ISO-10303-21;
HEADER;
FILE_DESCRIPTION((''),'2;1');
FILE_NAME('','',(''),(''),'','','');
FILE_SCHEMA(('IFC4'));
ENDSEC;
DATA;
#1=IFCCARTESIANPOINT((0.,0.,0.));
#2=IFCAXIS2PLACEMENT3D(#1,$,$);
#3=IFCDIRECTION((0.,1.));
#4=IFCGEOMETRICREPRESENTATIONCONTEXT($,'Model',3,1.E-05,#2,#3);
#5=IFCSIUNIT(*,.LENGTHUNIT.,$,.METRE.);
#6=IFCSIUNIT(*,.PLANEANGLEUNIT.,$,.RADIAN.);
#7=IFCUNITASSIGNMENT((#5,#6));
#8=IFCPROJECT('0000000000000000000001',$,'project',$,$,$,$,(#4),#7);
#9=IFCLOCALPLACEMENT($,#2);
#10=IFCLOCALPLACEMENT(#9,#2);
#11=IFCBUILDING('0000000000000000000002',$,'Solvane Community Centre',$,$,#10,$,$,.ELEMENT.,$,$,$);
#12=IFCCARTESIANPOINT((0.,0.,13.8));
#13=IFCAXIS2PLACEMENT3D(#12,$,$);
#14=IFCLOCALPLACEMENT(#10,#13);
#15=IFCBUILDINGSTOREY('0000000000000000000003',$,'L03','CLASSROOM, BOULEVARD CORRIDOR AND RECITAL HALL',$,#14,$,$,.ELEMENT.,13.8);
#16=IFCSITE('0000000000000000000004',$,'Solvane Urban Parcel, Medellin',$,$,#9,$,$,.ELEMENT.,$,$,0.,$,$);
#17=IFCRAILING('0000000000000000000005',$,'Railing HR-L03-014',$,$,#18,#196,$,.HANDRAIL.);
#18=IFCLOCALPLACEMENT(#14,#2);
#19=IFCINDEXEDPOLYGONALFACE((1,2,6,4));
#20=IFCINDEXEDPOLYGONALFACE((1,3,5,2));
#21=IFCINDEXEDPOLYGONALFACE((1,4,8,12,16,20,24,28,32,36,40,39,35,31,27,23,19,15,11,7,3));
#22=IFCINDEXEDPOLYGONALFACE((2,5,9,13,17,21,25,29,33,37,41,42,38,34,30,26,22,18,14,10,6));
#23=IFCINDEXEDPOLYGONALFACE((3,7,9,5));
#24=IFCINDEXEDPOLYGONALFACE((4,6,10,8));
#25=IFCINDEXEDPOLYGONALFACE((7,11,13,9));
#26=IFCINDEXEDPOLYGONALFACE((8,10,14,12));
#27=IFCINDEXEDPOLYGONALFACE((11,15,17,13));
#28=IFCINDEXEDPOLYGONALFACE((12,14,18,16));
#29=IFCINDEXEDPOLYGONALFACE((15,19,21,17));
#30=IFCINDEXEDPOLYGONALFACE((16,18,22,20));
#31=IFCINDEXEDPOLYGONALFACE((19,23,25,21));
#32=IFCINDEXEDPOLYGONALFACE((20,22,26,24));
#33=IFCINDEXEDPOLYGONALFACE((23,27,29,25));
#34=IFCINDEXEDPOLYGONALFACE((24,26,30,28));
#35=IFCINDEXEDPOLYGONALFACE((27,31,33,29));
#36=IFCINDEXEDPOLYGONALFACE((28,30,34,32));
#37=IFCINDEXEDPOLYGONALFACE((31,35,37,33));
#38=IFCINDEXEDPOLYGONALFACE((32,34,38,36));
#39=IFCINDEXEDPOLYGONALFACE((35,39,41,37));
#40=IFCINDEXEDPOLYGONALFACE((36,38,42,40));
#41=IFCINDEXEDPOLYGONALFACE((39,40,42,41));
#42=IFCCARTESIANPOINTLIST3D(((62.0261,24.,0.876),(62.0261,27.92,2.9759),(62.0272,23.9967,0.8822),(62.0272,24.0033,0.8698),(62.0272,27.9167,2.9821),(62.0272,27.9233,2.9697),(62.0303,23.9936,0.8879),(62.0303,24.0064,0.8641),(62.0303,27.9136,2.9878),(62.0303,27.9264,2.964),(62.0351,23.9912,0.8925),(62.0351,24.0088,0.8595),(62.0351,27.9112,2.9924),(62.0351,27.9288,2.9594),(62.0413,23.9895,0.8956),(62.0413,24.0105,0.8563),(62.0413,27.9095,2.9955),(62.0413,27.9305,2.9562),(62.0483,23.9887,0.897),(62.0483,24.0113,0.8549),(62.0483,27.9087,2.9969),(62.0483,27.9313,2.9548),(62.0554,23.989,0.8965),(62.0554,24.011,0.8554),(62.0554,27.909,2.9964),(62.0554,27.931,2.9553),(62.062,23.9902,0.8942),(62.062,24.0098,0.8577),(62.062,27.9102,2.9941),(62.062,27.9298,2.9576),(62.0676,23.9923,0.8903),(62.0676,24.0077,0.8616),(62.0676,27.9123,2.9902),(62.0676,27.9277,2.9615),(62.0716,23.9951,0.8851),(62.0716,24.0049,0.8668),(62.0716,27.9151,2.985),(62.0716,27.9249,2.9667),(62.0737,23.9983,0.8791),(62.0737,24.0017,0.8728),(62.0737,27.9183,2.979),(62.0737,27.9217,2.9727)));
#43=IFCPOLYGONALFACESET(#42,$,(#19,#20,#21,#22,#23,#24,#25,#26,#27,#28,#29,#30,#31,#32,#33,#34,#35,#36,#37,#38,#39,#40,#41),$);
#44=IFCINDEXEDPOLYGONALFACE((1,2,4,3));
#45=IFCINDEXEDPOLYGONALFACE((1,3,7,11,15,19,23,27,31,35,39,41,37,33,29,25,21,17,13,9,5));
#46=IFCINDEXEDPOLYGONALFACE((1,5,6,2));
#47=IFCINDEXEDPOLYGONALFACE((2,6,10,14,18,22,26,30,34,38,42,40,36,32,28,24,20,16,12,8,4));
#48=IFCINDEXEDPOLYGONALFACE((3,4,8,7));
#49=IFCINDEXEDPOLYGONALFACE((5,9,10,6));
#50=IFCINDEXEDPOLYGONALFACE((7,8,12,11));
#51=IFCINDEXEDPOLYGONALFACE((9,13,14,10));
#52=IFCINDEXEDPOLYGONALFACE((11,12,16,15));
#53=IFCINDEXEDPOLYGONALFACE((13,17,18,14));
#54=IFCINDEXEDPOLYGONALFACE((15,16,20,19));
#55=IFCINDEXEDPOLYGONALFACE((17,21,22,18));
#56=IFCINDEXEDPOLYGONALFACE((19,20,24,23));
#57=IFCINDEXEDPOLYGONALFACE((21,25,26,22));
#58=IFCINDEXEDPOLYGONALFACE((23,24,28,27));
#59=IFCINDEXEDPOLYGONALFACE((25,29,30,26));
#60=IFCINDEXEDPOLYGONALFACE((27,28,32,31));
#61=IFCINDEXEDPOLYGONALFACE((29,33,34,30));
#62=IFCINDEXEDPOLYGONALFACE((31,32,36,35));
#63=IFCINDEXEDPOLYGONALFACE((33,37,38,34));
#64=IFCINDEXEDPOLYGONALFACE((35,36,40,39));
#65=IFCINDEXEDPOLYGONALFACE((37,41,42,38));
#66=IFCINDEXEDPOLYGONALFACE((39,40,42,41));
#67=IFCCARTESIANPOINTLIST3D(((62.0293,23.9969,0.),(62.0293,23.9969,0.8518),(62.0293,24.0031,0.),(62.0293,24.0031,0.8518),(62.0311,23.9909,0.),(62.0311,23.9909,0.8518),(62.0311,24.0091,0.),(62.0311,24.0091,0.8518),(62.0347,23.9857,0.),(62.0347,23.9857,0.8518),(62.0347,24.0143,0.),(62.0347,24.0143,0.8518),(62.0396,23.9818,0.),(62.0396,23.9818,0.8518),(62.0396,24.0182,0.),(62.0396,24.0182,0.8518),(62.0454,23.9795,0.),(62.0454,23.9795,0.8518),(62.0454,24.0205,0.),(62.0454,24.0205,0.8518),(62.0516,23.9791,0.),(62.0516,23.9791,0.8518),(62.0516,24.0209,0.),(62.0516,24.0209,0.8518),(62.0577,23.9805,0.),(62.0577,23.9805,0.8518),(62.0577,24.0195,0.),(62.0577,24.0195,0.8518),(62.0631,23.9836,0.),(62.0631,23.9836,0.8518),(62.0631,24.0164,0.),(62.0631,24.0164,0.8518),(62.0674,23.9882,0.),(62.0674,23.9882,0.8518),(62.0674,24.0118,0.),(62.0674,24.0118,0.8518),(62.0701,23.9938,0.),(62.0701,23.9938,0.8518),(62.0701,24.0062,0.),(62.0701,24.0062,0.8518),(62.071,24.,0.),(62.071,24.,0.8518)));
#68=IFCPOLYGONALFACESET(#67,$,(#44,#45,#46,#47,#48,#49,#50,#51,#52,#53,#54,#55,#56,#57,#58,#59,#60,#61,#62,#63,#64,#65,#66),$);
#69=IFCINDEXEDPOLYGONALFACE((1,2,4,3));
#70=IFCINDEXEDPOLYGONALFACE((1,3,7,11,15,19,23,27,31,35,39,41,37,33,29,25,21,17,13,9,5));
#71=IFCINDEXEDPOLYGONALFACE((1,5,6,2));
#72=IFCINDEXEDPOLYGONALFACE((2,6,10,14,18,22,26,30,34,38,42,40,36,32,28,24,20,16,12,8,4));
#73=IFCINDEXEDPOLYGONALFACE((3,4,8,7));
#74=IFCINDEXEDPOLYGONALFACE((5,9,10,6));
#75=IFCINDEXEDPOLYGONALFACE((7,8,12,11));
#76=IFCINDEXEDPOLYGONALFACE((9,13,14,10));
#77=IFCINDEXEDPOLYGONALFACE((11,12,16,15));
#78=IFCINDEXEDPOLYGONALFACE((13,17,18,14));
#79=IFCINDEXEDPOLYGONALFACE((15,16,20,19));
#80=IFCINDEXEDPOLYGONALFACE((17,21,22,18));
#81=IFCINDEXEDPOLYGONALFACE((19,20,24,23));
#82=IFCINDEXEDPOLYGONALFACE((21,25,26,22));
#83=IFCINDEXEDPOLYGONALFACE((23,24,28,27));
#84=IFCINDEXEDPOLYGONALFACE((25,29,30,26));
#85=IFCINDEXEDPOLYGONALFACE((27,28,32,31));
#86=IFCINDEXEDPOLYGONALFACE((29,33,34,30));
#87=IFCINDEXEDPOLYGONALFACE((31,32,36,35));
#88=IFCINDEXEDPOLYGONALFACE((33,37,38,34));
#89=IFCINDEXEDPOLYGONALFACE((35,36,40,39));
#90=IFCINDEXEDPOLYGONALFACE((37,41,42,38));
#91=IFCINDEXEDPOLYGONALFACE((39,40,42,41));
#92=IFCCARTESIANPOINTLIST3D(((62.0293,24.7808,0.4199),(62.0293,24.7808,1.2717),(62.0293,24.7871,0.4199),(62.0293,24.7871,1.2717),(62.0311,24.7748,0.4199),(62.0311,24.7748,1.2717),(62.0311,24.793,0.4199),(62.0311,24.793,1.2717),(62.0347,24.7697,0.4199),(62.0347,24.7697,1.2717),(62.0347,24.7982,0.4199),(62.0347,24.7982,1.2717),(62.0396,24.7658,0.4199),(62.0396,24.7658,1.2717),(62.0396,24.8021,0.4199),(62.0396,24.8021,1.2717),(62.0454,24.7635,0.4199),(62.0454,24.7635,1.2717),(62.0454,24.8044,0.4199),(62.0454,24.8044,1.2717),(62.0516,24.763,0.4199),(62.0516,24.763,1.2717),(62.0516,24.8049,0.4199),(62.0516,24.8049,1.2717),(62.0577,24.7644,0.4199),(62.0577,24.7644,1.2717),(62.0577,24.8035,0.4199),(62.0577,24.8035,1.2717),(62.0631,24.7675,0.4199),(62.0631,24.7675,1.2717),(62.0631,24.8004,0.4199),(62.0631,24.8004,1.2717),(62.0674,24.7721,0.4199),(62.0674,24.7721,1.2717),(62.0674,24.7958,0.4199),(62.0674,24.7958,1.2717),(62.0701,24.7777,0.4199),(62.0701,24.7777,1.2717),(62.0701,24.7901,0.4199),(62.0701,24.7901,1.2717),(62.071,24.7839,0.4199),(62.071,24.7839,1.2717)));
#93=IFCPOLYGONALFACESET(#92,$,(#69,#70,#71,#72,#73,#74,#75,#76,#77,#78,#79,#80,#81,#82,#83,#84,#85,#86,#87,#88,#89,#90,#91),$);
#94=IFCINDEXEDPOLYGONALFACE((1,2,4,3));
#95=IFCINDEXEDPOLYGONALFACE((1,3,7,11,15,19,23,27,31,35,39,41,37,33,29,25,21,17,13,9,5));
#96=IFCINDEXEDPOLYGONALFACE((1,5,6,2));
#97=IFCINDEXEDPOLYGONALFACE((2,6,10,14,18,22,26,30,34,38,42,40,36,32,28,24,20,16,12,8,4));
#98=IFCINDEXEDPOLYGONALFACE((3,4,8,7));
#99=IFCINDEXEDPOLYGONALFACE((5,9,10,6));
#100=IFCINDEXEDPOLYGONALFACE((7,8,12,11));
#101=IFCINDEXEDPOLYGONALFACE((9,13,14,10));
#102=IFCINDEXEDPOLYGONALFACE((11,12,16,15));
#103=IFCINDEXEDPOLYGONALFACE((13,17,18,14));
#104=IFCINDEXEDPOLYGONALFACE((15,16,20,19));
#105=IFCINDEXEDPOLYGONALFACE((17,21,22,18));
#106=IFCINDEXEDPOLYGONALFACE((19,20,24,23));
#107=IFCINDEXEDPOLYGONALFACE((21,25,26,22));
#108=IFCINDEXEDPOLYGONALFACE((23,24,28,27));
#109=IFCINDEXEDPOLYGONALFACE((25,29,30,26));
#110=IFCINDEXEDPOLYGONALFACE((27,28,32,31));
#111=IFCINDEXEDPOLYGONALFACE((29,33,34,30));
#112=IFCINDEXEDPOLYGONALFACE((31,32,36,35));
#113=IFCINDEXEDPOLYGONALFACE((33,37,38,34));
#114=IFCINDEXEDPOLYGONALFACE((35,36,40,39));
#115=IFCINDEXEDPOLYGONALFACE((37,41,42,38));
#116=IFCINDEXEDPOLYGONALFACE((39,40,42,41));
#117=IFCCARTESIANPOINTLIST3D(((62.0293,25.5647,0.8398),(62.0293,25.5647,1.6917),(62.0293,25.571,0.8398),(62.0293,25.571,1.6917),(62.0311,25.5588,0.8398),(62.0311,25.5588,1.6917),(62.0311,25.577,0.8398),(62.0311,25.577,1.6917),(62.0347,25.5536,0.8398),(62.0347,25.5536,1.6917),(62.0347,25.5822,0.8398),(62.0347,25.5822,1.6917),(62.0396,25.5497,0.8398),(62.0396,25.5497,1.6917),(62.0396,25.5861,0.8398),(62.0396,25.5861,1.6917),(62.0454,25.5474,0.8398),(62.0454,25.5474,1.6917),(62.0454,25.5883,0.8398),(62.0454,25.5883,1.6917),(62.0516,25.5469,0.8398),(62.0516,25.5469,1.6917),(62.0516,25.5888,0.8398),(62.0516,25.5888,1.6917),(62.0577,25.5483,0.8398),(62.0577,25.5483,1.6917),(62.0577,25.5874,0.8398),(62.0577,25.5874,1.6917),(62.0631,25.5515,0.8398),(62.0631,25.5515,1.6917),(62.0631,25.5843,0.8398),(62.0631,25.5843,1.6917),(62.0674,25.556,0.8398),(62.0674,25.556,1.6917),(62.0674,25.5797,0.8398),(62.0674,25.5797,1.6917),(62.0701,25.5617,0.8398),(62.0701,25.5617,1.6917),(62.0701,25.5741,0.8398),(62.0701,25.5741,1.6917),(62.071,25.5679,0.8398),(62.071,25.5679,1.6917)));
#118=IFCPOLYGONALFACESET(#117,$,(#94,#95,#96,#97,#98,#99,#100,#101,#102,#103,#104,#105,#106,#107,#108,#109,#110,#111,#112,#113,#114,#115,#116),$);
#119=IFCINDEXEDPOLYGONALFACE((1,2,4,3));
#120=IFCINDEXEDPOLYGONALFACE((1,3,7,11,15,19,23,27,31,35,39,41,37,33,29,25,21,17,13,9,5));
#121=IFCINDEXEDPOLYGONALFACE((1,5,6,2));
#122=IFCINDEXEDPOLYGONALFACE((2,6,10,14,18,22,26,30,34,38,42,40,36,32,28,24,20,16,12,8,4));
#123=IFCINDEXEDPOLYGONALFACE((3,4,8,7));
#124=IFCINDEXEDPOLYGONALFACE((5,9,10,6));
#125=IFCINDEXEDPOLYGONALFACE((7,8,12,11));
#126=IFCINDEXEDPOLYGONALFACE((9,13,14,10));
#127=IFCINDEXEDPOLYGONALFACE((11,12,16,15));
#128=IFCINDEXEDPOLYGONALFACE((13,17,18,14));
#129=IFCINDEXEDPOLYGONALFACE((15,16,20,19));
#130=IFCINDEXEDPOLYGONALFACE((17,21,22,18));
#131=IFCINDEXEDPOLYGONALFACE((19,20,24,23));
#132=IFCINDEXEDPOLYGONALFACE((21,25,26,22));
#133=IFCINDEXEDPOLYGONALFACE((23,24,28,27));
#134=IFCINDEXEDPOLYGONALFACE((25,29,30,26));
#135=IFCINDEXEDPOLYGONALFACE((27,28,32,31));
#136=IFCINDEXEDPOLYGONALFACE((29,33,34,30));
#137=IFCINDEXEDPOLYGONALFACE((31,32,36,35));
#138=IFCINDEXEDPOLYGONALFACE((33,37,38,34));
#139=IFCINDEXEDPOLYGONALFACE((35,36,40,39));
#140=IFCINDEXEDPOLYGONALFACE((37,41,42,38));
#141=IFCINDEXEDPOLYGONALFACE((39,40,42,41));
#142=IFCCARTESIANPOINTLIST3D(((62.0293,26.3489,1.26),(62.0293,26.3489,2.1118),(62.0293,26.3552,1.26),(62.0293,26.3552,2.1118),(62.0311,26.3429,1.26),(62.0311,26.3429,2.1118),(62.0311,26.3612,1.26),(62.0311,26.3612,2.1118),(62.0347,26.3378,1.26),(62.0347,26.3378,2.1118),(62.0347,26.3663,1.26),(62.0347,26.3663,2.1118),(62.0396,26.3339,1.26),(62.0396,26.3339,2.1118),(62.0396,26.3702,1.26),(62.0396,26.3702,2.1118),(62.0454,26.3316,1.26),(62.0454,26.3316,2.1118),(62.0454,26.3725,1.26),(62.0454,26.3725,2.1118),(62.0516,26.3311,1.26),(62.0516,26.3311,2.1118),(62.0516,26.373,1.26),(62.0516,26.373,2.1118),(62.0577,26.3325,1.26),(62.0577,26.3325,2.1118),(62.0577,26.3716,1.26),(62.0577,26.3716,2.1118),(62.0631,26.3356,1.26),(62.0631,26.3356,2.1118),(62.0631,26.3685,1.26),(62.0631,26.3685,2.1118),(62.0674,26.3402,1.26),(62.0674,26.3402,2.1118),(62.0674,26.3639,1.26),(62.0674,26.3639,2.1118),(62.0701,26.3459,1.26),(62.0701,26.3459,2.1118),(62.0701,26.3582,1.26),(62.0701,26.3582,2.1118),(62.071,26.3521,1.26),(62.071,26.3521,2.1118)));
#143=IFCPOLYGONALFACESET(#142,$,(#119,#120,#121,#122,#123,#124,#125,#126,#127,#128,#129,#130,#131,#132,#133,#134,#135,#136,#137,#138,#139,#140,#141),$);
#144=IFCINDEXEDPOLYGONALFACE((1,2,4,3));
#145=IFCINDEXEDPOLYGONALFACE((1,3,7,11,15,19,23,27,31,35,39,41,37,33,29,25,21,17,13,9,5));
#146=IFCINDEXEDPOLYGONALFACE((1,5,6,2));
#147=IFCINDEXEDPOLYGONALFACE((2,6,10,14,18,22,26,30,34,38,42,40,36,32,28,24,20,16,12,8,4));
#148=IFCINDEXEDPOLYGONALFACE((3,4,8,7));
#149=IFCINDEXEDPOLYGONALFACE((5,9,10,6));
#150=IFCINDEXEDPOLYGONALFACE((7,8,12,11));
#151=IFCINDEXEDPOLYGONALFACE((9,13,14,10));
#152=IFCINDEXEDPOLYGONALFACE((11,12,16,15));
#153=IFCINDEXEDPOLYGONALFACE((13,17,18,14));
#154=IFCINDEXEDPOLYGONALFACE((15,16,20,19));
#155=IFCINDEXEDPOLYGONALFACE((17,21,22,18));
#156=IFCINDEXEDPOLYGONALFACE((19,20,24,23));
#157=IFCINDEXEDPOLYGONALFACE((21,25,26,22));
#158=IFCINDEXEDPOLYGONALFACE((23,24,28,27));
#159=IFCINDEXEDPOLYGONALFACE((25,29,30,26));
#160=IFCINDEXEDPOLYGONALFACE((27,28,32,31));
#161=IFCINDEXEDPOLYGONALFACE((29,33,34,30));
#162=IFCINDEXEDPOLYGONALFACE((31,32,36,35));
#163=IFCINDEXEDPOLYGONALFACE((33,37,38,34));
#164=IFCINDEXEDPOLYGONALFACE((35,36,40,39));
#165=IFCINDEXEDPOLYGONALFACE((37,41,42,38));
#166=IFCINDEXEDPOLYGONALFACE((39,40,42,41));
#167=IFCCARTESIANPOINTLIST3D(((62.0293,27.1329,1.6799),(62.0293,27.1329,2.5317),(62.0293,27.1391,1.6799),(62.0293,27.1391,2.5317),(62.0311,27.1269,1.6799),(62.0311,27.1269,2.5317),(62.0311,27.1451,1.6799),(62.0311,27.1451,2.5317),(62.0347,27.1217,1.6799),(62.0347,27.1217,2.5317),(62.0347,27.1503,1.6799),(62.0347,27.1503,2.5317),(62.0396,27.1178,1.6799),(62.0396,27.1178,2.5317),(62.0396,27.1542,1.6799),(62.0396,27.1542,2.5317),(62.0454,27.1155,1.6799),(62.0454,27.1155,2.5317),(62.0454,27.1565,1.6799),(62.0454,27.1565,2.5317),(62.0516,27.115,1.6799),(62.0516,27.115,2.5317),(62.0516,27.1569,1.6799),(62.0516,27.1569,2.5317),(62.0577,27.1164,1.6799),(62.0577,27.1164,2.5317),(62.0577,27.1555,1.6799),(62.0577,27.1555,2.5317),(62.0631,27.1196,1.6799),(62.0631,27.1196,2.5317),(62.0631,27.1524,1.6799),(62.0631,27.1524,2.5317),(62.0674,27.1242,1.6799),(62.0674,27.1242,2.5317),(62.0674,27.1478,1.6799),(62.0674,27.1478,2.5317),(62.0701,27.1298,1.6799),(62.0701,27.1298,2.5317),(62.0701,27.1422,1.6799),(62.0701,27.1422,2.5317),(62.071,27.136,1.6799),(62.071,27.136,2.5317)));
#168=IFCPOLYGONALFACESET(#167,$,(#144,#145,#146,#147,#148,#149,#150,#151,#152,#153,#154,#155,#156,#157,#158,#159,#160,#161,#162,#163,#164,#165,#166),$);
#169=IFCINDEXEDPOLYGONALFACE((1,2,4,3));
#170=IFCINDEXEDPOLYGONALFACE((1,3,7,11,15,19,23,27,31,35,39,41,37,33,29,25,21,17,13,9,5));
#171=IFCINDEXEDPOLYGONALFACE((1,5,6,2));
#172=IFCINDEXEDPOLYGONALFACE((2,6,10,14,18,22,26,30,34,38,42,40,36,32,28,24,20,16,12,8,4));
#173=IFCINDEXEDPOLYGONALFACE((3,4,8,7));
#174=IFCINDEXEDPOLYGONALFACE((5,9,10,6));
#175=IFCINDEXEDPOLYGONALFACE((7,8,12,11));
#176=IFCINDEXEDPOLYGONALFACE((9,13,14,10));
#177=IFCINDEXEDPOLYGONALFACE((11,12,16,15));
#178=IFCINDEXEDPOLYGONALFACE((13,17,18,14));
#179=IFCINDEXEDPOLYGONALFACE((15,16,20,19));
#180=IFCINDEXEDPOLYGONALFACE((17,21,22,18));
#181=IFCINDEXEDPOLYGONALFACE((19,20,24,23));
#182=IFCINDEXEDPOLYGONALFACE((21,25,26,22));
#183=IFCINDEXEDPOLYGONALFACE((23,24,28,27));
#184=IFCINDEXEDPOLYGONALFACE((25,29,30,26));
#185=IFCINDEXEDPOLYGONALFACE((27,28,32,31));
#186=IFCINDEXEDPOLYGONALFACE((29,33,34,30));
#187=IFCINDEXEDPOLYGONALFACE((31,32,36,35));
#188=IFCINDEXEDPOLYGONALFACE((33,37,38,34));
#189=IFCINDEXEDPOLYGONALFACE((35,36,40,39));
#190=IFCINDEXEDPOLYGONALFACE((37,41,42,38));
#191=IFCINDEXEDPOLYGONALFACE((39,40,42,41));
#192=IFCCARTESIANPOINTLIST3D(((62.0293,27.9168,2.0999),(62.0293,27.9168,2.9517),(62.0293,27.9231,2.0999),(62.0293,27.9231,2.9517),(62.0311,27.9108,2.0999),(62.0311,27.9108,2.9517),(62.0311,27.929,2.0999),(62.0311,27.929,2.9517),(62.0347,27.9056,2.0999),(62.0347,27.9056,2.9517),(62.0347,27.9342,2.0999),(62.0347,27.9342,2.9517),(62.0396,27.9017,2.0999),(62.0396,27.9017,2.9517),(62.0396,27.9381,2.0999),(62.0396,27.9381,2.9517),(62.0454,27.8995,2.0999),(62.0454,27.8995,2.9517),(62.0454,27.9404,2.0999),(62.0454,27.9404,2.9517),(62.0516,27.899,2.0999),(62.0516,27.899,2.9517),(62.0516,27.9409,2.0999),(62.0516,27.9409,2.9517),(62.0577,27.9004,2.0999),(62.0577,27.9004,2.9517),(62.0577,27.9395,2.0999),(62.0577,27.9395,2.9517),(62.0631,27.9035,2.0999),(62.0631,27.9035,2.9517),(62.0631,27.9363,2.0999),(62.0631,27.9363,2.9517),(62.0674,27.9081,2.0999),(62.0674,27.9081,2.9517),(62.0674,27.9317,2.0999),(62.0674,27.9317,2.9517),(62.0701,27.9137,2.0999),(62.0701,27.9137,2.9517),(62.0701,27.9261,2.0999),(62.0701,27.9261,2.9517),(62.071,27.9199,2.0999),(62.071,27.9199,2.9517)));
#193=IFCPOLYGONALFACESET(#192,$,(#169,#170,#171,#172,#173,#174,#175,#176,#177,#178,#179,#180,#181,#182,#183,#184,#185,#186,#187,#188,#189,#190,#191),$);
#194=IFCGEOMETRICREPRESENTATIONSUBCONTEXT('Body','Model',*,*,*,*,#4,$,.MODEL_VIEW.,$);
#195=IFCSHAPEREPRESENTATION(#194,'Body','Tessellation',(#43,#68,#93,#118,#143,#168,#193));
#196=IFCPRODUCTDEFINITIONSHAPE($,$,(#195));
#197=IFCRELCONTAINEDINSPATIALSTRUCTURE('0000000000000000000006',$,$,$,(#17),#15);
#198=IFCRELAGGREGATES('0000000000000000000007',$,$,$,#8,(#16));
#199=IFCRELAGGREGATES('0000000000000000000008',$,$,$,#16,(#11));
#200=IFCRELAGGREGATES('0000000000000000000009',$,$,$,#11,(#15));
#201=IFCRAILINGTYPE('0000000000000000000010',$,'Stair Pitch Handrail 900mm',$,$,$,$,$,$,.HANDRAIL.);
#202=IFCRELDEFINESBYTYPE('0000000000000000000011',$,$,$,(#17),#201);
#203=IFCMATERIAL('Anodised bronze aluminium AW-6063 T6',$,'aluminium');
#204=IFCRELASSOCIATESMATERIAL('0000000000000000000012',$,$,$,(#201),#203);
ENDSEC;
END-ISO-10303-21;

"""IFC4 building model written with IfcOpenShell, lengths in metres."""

from ifc_helpers import new_model, si_unit, direction, frame, origin, origin_2d, place, context, subcontext, project, spatial, circle, extrude, material, type_object, element, save


model = new_model("IFC4")

# Units and contexts
model_context = context("Model", 3, precision=1e-05, world=origin(), true_north=direction((0.0, 1.0)))
body_context = subcontext(model_context, "Body", "Model", "MODEL_VIEW")
ifc_project = project(units=[si_unit("LENGTHUNIT", "METRE"), si_unit("PLANEANGLEUNIT", "RADIAN")], contexts=[model_context])

# Site, building, storey
site_placement = place(None, origin())
site = spatial("IfcSite", under=ifc_project, at=site_placement, Name="Solvane Urban Parcel, Medellin", CompositionType="ELEMENT", RefElevation=0.0)
building_placement = place(site_placement, origin())
building = spatial("IfcBuilding", under=site, at=building_placement, Name="Solvane Community Centre", CompositionType="ELEMENT")
storey_placement = place(building_placement, frame((0.0, 0.0, 13.8)))
storey = spatial("IfcBuildingStorey", under=building, at=storey_placement, Name="L03", Description="CLASSROOM, BOULEVARD CORRIDOR AND RECITAL HALL", CompositionType="ELEMENT", Elevation=13.8)

# Shared definitions
ifc_material_1 = material(Name="Anodised bronze aluminium AW-6063 T6", Category="aluminium")

# Railing
railing_type_1 = type_object("IfcRailingType", Name="Stair Pitch Handrail 900mm", PredefinedType="HANDRAIL", material=ifc_material_1)
railing_1_placement = place(storey_placement, frame((62.05, 24.0, 0.0)))
element("IfcRailing", 1, at=railing_1_placement, inside=storey, type_object=railing_type_1, Name="Railing HR-L03-014", PredefinedType="HANDRAIL", context=body_context, shape_type="SweptSolid", body=[
    extrude(circle(Radius=0.0239, at=origin_2d()), frame((0.0, 0.0, 0.876), z_axis=(0.0, 0.88149, 0.472203), x_axis=(-1.0, 0.0, 0.0)), (0.0, 0.0, 1.0), 4.447),
    extrude(circle(Radius=0.021, at=origin_2d()), origin(), (0.0, 0.0, 1.0), 0.8518),
    extrude(circle(Radius=0.021, at=origin_2d()), frame((0.0, 0.7839, 0.4199)), (0.0, 0.0, 1.0), 0.8518),
    extrude(circle(Radius=0.021, at=origin_2d()), frame((0.0, 1.5679, 0.8398)), (0.0, 0.0, 1.0), 0.8518),
    extrude(circle(Radius=0.021, at=origin_2d()), frame((0.0, 2.3521, 1.26)), (0.0, 0.0, 1.0), 0.8518),
    extrude(circle(Radius=0.021, at=origin_2d()), frame((0.0, 3.136, 1.6799)), (0.0, 0.0, 1.0), 0.8518),
    extrude(circle(Radius=0.021, at=origin_2d()), frame((0.0, 3.9199, 2.0999)), (0.0, 0.0, 1.0), 0.8518),
])

save(model, "model.ifc")
